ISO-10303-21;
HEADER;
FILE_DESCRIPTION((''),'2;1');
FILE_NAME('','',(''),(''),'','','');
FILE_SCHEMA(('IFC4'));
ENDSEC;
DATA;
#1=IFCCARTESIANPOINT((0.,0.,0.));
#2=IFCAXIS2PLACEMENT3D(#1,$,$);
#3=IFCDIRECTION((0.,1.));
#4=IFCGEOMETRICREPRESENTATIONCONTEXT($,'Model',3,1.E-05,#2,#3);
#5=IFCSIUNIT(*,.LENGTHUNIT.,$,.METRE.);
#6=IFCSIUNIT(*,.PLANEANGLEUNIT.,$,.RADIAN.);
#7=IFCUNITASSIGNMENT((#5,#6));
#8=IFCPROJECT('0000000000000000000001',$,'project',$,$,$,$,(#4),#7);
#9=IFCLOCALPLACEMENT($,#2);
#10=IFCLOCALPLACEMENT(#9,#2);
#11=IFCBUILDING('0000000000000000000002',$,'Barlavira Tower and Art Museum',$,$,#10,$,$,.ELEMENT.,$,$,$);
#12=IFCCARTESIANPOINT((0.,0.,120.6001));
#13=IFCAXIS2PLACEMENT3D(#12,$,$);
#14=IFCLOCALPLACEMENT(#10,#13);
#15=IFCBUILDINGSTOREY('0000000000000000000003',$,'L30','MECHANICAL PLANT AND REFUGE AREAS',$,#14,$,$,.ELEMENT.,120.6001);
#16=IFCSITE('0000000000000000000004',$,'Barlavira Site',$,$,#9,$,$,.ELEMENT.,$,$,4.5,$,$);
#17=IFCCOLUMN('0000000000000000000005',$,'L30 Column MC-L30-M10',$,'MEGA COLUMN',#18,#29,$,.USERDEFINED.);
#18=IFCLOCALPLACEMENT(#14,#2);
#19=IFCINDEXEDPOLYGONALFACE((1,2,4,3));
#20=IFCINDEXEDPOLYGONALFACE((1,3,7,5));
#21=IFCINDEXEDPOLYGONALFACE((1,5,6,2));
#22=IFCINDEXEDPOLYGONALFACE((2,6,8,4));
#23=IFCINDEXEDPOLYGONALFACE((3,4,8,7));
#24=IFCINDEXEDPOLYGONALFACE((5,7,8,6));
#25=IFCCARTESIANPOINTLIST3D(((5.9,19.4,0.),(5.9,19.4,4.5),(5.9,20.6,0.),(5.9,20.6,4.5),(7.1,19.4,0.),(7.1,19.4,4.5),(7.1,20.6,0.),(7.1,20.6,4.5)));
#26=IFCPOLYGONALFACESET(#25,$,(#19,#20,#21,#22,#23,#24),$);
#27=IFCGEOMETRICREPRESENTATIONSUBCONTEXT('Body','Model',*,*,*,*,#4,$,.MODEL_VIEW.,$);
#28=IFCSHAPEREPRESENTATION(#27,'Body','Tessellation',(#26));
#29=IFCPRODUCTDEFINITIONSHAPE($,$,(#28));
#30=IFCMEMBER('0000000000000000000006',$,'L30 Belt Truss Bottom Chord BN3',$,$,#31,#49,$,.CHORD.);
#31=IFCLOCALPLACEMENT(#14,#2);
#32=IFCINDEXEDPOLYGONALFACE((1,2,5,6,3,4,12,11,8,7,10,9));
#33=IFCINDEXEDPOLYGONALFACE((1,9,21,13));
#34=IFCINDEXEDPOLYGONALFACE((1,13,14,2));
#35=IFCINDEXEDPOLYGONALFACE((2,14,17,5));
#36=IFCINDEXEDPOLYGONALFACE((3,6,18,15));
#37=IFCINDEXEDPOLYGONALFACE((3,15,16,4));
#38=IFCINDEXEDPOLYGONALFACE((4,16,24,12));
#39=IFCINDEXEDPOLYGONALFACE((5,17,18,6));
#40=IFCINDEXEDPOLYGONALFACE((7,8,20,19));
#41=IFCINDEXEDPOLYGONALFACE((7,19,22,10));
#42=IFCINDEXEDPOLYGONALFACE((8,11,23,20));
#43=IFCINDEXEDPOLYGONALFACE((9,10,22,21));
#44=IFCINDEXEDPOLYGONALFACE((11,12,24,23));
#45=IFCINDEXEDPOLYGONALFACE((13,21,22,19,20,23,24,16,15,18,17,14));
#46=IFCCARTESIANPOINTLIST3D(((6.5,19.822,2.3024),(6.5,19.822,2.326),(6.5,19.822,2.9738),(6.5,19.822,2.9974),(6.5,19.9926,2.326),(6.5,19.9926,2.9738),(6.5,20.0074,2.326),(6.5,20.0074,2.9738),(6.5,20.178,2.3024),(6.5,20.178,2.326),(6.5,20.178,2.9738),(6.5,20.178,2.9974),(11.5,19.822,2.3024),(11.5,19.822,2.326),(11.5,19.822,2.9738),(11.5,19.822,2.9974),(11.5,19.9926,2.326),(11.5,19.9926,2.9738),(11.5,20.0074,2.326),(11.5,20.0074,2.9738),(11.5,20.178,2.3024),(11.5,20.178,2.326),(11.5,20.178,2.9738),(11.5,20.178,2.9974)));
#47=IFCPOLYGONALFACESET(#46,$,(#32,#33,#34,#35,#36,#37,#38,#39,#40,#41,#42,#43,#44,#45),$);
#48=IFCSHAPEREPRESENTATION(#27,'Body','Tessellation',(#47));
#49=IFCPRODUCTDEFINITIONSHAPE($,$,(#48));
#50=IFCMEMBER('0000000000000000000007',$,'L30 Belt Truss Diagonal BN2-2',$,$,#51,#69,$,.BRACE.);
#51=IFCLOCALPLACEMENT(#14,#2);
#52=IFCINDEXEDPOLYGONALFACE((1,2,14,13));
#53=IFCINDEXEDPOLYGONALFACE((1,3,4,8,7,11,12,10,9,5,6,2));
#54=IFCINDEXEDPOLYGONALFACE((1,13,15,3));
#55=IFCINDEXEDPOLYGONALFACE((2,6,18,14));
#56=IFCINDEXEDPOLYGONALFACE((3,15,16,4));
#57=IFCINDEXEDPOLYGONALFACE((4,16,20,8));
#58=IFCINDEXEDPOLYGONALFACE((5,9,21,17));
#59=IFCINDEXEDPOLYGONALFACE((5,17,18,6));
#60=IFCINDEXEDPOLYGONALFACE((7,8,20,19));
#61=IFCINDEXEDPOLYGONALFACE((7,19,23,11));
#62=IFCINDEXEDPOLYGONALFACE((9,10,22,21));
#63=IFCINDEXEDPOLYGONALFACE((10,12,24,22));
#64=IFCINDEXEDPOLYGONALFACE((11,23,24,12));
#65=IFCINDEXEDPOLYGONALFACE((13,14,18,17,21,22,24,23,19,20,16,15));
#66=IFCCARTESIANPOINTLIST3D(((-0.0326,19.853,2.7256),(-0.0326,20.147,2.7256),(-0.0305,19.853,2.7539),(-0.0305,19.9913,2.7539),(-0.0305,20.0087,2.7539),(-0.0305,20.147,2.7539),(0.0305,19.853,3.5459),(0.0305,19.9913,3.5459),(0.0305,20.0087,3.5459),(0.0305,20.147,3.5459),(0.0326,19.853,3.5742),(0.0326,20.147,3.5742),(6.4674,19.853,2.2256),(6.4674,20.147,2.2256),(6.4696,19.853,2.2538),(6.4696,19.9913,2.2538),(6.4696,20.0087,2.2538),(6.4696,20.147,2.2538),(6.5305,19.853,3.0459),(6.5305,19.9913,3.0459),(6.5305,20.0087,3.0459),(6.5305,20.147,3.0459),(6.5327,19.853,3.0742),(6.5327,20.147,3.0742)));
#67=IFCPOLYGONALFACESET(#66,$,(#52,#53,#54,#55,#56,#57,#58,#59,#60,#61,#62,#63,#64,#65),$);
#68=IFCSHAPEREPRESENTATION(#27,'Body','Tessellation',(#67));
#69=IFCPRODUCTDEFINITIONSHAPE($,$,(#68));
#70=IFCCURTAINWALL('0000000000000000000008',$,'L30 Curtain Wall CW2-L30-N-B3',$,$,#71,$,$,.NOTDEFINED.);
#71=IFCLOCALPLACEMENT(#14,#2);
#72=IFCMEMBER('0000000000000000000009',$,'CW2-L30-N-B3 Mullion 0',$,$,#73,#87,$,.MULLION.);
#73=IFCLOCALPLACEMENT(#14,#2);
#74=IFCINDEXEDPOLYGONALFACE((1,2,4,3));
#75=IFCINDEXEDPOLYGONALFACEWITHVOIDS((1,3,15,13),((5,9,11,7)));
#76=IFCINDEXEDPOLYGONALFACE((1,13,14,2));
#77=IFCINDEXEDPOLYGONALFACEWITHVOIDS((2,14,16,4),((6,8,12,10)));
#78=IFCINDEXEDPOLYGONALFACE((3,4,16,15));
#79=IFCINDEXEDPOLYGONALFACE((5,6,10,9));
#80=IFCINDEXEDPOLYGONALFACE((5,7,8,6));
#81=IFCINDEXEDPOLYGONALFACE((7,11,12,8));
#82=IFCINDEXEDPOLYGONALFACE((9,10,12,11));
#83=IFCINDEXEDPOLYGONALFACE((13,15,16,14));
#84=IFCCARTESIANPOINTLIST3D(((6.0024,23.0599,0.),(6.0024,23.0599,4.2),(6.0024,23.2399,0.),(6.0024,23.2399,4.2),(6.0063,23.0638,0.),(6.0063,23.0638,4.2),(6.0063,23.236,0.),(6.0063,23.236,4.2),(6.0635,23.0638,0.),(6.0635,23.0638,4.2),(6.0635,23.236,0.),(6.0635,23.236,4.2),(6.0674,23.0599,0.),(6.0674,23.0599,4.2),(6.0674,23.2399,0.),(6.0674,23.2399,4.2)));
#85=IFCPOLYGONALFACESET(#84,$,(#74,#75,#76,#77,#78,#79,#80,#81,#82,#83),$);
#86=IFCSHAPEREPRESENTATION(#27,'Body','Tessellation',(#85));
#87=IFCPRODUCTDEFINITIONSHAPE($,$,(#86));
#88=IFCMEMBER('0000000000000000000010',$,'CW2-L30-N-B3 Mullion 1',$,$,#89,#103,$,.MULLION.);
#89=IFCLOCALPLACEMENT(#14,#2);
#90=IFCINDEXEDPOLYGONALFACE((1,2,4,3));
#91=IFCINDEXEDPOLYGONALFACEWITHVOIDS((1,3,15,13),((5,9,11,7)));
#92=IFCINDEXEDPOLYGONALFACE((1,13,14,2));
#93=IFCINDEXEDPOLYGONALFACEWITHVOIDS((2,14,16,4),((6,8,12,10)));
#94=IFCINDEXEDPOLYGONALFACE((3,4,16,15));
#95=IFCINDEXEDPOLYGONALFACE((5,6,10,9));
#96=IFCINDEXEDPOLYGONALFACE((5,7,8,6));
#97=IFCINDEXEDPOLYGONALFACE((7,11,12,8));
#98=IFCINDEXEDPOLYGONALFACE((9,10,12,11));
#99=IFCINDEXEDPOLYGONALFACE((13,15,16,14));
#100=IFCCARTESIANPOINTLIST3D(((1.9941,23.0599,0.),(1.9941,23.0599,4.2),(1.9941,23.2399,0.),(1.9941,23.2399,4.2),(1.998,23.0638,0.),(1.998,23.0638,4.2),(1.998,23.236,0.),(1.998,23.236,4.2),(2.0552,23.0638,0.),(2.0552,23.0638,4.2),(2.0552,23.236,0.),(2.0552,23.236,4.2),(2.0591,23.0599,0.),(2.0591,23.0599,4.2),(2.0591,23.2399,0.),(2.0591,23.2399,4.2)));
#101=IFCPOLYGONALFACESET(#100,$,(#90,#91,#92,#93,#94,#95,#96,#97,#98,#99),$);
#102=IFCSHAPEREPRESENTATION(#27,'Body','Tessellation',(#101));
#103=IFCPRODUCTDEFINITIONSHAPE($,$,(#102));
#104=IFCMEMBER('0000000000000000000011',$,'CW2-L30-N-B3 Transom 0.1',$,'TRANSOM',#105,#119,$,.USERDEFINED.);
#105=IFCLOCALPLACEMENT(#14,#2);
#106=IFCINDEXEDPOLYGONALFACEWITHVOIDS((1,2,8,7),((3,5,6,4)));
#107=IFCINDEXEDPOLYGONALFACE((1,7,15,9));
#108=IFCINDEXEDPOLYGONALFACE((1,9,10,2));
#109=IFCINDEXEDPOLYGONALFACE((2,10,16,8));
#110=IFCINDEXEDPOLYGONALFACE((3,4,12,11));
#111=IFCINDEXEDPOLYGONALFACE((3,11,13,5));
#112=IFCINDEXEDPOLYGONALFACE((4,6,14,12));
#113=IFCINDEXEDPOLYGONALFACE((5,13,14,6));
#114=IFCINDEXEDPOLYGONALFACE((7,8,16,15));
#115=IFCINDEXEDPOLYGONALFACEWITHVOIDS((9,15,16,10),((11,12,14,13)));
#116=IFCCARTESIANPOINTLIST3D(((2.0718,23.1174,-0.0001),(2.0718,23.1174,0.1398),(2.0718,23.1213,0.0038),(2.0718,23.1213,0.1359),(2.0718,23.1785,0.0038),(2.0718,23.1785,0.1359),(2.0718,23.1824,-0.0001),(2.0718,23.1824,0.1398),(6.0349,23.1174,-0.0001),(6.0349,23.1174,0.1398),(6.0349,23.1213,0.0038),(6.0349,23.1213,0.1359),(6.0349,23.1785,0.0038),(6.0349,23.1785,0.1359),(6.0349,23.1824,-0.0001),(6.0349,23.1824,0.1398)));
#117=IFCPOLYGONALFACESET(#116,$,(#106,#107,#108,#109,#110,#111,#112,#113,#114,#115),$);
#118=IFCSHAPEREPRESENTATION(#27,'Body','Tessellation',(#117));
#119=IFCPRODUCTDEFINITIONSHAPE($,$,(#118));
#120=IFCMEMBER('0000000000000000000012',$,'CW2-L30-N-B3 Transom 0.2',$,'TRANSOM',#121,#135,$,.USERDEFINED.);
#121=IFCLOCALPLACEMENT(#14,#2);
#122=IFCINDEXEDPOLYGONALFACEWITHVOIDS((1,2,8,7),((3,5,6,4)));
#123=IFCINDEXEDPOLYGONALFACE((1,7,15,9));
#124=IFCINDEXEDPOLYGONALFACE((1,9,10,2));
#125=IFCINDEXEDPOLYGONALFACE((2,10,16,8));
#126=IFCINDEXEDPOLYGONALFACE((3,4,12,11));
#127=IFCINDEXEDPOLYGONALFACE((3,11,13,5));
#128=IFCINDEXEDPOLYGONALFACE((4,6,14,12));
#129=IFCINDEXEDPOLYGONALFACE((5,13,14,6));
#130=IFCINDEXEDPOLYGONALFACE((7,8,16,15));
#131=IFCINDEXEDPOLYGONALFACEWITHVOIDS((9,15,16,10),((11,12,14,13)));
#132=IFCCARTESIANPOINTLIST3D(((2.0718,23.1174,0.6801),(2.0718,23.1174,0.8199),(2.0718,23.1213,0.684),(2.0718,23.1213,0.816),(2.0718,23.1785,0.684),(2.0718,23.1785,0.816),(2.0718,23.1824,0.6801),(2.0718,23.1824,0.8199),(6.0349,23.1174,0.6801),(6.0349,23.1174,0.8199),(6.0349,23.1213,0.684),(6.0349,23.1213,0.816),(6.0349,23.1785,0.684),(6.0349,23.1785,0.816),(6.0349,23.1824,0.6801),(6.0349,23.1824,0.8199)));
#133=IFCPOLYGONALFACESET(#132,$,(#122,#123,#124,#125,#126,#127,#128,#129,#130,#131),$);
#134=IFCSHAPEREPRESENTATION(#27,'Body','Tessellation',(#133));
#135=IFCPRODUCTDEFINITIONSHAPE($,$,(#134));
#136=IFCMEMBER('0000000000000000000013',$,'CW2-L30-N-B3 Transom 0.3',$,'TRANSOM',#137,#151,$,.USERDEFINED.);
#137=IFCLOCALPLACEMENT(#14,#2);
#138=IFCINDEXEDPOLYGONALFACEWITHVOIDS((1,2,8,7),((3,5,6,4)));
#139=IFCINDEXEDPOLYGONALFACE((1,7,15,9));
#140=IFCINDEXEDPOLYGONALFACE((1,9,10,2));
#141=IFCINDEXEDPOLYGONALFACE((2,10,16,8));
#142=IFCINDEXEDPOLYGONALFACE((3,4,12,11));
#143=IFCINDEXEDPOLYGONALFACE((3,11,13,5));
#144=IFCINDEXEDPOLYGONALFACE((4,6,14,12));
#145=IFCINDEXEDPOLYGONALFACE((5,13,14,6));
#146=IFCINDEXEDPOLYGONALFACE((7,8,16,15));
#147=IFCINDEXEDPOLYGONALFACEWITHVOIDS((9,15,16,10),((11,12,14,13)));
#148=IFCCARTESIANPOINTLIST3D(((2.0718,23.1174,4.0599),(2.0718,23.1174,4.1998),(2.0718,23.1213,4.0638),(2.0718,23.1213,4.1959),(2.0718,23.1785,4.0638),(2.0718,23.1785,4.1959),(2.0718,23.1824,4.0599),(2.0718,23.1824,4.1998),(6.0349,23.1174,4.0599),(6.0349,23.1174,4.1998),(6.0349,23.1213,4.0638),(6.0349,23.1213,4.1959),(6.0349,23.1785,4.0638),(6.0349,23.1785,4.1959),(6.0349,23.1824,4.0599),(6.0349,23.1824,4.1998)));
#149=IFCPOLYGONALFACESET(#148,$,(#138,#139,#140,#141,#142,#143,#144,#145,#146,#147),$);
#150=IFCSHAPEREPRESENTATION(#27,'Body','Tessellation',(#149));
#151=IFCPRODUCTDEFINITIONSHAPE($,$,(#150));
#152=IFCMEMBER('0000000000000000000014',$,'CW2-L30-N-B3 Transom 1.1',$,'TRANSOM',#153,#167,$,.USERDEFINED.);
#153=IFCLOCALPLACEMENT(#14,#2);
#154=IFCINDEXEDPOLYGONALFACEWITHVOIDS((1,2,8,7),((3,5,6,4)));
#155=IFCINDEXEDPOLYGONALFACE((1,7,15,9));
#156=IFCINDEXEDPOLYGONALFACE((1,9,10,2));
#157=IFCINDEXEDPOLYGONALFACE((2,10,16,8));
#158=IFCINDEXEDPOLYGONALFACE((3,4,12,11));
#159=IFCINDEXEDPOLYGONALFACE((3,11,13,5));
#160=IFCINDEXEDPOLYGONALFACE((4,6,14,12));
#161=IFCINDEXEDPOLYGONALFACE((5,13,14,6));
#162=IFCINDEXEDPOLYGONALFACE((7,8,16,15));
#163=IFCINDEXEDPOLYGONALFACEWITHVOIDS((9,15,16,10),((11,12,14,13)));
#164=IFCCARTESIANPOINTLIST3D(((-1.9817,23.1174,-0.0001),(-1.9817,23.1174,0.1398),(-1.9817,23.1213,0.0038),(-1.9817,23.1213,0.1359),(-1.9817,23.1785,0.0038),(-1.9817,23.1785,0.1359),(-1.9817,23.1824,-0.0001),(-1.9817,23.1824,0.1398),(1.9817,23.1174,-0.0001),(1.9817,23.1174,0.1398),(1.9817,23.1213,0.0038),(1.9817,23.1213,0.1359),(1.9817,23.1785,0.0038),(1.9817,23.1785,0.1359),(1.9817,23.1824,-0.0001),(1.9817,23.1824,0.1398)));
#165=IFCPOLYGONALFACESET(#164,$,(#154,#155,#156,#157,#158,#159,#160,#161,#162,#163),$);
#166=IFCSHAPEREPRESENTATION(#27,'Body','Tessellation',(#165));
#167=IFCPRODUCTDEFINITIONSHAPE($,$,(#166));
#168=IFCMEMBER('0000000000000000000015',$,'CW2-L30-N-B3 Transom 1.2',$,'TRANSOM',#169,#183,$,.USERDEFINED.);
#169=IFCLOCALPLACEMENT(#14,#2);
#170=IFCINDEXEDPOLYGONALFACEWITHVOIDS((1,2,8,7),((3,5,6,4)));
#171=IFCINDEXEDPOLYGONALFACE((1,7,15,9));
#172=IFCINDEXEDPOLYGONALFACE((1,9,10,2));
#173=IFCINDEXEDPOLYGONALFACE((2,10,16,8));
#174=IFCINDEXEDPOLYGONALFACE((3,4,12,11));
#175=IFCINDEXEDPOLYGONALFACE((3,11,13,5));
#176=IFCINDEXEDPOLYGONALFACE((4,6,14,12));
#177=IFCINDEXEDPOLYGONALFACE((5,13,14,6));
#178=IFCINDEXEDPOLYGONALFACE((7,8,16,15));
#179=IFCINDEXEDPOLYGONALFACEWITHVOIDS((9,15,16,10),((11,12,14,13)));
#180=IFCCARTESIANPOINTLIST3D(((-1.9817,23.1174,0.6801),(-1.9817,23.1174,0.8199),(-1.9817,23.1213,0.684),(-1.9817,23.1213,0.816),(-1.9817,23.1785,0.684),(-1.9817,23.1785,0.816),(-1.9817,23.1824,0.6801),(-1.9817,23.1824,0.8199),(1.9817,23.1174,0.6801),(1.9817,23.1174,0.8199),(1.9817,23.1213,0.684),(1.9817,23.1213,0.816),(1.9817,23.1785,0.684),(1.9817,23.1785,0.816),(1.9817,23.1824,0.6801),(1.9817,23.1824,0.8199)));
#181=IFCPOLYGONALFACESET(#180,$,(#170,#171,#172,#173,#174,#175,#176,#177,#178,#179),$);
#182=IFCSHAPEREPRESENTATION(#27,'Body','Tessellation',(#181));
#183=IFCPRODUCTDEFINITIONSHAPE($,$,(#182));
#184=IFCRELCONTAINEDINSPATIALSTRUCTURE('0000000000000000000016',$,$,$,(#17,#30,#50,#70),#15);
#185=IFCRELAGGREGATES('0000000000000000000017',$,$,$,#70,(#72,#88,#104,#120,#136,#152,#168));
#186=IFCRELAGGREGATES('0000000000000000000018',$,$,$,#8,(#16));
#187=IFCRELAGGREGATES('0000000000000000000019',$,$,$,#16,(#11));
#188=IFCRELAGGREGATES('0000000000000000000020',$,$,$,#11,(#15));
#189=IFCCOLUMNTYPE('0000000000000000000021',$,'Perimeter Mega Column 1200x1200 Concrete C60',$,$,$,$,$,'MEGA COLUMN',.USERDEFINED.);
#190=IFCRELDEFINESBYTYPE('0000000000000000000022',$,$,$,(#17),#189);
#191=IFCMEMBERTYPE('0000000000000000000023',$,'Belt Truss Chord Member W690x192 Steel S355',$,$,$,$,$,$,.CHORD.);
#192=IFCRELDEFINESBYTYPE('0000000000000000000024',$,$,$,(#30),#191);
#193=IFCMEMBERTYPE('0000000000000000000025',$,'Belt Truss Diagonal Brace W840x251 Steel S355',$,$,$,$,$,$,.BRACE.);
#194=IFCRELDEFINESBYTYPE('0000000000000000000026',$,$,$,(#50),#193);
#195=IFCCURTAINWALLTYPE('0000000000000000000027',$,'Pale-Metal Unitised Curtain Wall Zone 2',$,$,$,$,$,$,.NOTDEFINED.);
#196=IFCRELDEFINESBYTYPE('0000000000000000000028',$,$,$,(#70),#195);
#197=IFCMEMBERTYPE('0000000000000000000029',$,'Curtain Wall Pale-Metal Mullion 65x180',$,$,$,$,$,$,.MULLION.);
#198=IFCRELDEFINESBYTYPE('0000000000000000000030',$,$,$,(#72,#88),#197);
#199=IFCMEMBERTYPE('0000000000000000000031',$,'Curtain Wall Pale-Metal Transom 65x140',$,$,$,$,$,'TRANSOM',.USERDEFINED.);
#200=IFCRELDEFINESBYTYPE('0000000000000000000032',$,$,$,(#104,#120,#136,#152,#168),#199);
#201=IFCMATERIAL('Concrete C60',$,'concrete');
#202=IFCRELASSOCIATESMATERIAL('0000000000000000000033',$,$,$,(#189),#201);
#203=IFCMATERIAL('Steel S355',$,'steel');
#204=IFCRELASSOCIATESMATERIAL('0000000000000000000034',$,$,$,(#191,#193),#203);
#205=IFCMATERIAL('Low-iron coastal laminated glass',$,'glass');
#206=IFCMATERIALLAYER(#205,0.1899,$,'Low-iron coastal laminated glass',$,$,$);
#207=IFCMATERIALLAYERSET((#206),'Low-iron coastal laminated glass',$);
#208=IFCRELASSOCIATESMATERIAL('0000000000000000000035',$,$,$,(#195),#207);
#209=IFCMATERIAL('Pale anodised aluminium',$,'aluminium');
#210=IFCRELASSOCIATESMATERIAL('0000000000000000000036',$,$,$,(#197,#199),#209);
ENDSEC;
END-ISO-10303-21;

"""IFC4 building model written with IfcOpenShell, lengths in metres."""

from ifc_helpers import new_model, si_unit, direction, frame, origin, origin_2d, place, context, subcontext, project, spatial, rectangle, hollow_rectangle, i_section, extrude, material, layer, layer_set, material_profile, profile_set, type_object, element, aggregate, save


model = new_model("IFC4")

# Units and contexts
model_context = context("Model", 3, precision=1e-05, world=origin(), true_north=direction((0.0, 1.0)))
body_context = subcontext(model_context, "Body", "Model", "MODEL_VIEW")
ifc_project = project(units=[si_unit("LENGTHUNIT", "METRE"), si_unit("PLANEANGLEUNIT", "RADIAN")], contexts=[model_context])

# Site, building, storey
site_placement = place(None, origin())
site = spatial("IfcSite", under=ifc_project, at=site_placement, Name="Barlavira Site", CompositionType="ELEMENT", RefElevation=4.5)
building_placement = place(site_placement, origin())
building = spatial("IfcBuilding", under=site, at=building_placement, Name="Barlavira Tower and Art Museum", CompositionType="ELEMENT")
storey_placement = place(building_placement, frame((0.0, 0.0, 120.6001)))
storey = spatial("IfcBuildingStorey", under=building, at=storey_placement, Name="L30", Description="MECHANICAL PLANT AND REFUGE AREAS", CompositionType="ELEMENT", Elevation=120.6001)

# Column
ifc_material_1 = material(Name="Concrete C60", Category="concrete")
ifc_material_profile_1 = material_profile(ifc_material_1, rectangle(XDim=1.2, YDim=1.2, at=origin_2d()), Name="RC-COL 1200x1200")
ifc_profile_set_1 = profile_set([ifc_material_profile_1], Name="Concrete C60")
column_type = type_object("IfcColumnType", Name="Perimeter Mega Column 1200x1200 Concrete C60", ElementType="MEGA COLUMN", PredefinedType="USERDEFINED", material=ifc_profile_set_1)
column_placement = place(storey_placement, frame((6.5, 20.0, 0.0), z_axis=(0.0, 0.0, 1.0), x_axis=(1.0, 0.0, 0.0)))
element("IfcColumn", 1, at=column_placement, inside=storey, type_object=column_type, Name="L30 Column MC-L30-M10", ObjectType="MEGA COLUMN", PredefinedType="USERDEFINED", context=body_context, shape_type="SweptSolid", body=[
    extrude(rectangle(XDim=1.2, YDim=1.2, at=origin_2d()), origin(), (0.0, 0.0, 1.0), 4.5),
])

# Members
ifc_material_2 = material(Name="Steel S355", Category="steel")
ifc_material_profile_2 = material_profile(ifc_material_2, i_section(OverallWidth=0.356, OverallDepth=0.6951, WebThickness=0.0149, FlangeThickness=0.0237, at=origin_2d()), Name="W690x192.0")
ifc_profile_set_2 = profile_set([ifc_material_profile_2], Name="Steel S355")
member_type_1 = type_object("IfcMemberType", Name="Belt Truss Chord Member W690x192 Steel S355", PredefinedType="CHORD", material=ifc_profile_set_2)
member_1_placement = place(storey_placement, frame((6.5, 20.0, 2.6499), z_axis=(1.0, 0.0, 0.0), x_axis=(0.0, 1.0, 0.0)))
element("IfcMember", 2, at=member_1_placement, inside=storey, type_object=member_type_1, Name="L30 Belt Truss Bottom Chord BN3", PredefinedType="CHORD", context=body_context, shape_type="SweptSolid", body=[
    extrude(i_section(OverallWidth=0.356, OverallDepth=0.6951, WebThickness=0.0149, FlangeThickness=0.0237, at=origin_2d()), origin(), (0.0, 0.0, 1.0), 5.0),
])
ifc_material_profile_3 = material_profile(ifc_material_2, i_section(OverallWidth=0.2939, OverallDepth=0.8511, WebThickness=0.0173, FlangeThickness=0.0283, at=origin_2d()), Name="W840x251.0")
ifc_profile_set_3 = profile_set([ifc_material_profile_3], Name="Steel S355")
member_type_2 = type_object("IfcMemberType", Name="Belt Truss Diagonal Brace W840x251 Steel S355", PredefinedType="BRACE", material=ifc_profile_set_3)
member_2_placement = place(storey_placement, frame((0.0, 20.0, 3.1499), z_axis=(0.997054, 0.0, -0.076696), x_axis=(0.0, 1.0, 0.0)))
element("IfcMember", 3, at=member_2_placement, inside=storey, type_object=member_type_2, Name="L30 Belt Truss Diagonal BN2-2", PredefinedType="BRACE", context=body_context, shape_type="SweptSolid", body=[
    extrude(i_section(OverallWidth=0.2939, OverallDepth=0.8511, WebThickness=0.0173, FlangeThickness=0.0283, at=origin_2d()), origin(), (0.0, 0.0, 1.0), 6.5193),
])

# Curtain wall, members
ifc_material_3 = material(Name="Low-iron coastal laminated glass", Category="glass")
ifc_layer_1 = layer(ifc_material_3, 0.1899, Name="Low-iron coastal laminated glass")
ifc_layer_set_1 = layer_set([ifc_layer_1], Name="Low-iron coastal laminated glass")
curtain_wall_type = type_object("IfcCurtainWallType", Name="Pale-Metal Unitised Curtain Wall Zone 2", PredefinedType="NOTDEFINED", material=ifc_layer_set_1)
curtain_wall_placement = place(storey_placement, origin())
curtain_wall = element("IfcCurtainWall", 4, at=curtain_wall_placement, inside=storey, type_object=curtain_wall_type, Name="L30 Curtain Wall CW2-L30-N-B3", PredefinedType="NOTDEFINED")
ifc_material_4 = material(Name="Pale anodised aluminium", Category="aluminium")
ifc_material_profile_4 = material_profile(ifc_material_4, hollow_rectangle(XDim=0.0649, YDim=0.1799, WallThickness=0.0039, at=origin_2d()), Name="ALU-MULL 65x180x4")
ifc_profile_set_4 = profile_set([ifc_material_profile_4], Name="Pale anodised aluminium")
member_type_3 = type_object("IfcMemberType", Name="Curtain Wall Pale-Metal Mullion 65x180", PredefinedType="MULLION", material=ifc_profile_set_4)
member_3_placement = place(storey_placement, frame((6.0349, 23.1499, 0.0), z_axis=(0.0, 0.0, 1.0), x_axis=(-1.0, 0.0, 0.0)))
member_3 = element("IfcMember", 5, at=member_3_placement, type_object=member_type_3, Name="CW2-L30-N-B3 Mullion 0", PredefinedType="MULLION", context=body_context, shape_type="SweptSolid", body=[
    extrude(hollow_rectangle(XDim=0.0649, YDim=0.1799, WallThickness=0.0039, at=origin_2d()), origin(), (0.0, 0.0, 1.0), 4.2),
])
member_4_placement = place(storey_placement, frame((2.0266, 23.1499, 0.0), z_axis=(0.0, 0.0, 1.0), x_axis=(-1.0, 0.0, 0.0)))
member_4 = element("IfcMember", 6, at=member_4_placement, type_object=member_type_3, Name="CW2-L30-N-B3 Mullion 1", PredefinedType="MULLION", context=body_context, shape_type="SweptSolid", body=[
    extrude(hollow_rectangle(XDim=0.0649, YDim=0.1799, WallThickness=0.0039, at=origin_2d()), origin(), (0.0, 0.0, 1.0), 4.2),
])
ifc_material_profile_5 = material_profile(ifc_material_4, hollow_rectangle(XDim=0.0649, YDim=0.1399, WallThickness=0.0039, at=origin_2d()), Name="ALU-TRAN 65x140x4")
ifc_profile_set_5 = profile_set([ifc_material_profile_5], Name="Pale anodised aluminium")
member_type_4 = type_object("IfcMemberType", Name="Curtain Wall Pale-Metal Transom 65x140", ElementType="TRANSOM", PredefinedType="USERDEFINED", material=ifc_profile_set_5)
member_5_placement = place(storey_placement, frame((6.0349, 23.1499, 0.0698), z_axis=(-1.0, 0.0, 0.0), x_axis=(0.0, -1.0, 0.0)))
member_5 = element("IfcMember", 7, at=member_5_placement, type_object=member_type_4, Name="CW2-L30-N-B3 Transom 0.1", ObjectType="TRANSOM", PredefinedType="USERDEFINED", context=body_context, shape_type="SweptSolid", body=[
    extrude(hollow_rectangle(XDim=0.0649, YDim=0.1399, WallThickness=0.0039, at=origin_2d()), origin(), (0.0, 0.0, 1.0), 3.9631),
])
member_6_placement = place(storey_placement, frame((6.0349, 23.1499, 0.75), z_axis=(-1.0, 0.0, 0.0), x_axis=(0.0, -1.0, 0.0)))
member_6 = element("IfcMember", 8, at=member_6_placement, type_object=member_type_4, Name="CW2-L30-N-B3 Transom 0.2", ObjectType="TRANSOM", PredefinedType="USERDEFINED", context=body_context, shape_type="SweptSolid", body=[
    extrude(hollow_rectangle(XDim=0.0649, YDim=0.1399, WallThickness=0.0039, at=origin_2d()), origin(), (0.0, 0.0, 1.0), 3.9631),
])
member_7_placement = place(storey_placement, frame((6.0349, 23.1499, 4.1299), z_axis=(-1.0, 0.0, 0.0), x_axis=(0.0, -1.0, 0.0)))
member_7 = element("IfcMember", 9, at=member_7_placement, type_object=member_type_4, Name="CW2-L30-N-B3 Transom 0.3", ObjectType="TRANSOM", PredefinedType="USERDEFINED", context=body_context, shape_type="SweptSolid", body=[
    extrude(hollow_rectangle(XDim=0.0649, YDim=0.1399, WallThickness=0.0039, at=origin_2d()), origin(), (0.0, 0.0, 1.0), 3.9631),
])
member_8_placement = place(storey_placement, frame((1.9817, 23.1499, 0.0698), z_axis=(-1.0, 0.0, 0.0), x_axis=(0.0, -1.0, 0.0)))
member_8 = element("IfcMember", 10, at=member_8_placement, type_object=member_type_4, Name="CW2-L30-N-B3 Transom 1.1", ObjectType="TRANSOM", PredefinedType="USERDEFINED", context=body_context, shape_type="SweptSolid", body=[
    extrude(hollow_rectangle(XDim=0.0649, YDim=0.1399, WallThickness=0.0039, at=origin_2d()), origin(), (0.0, 0.0, 1.0), 3.9634),
])
member_9_placement = place(storey_placement, frame((1.9817, 23.1499, 0.75), z_axis=(-1.0, 0.0, 0.0), x_axis=(0.0, -1.0, 0.0)))
member_9 = element("IfcMember", 11, at=member_9_placement, type_object=member_type_4, Name="CW2-L30-N-B3 Transom 1.2", ObjectType="TRANSOM", PredefinedType="USERDEFINED", context=body_context, shape_type="SweptSolid", body=[
    extrude(hollow_rectangle(XDim=0.0649, YDim=0.1399, WallThickness=0.0039, at=origin_2d()), origin(), (0.0, 0.0, 1.0), 3.9634),
])

aggregate(curtain_wall, [member_3, member_4, member_5, member_6, member_7, member_8, member_9])

save(model, "model.ifc")
